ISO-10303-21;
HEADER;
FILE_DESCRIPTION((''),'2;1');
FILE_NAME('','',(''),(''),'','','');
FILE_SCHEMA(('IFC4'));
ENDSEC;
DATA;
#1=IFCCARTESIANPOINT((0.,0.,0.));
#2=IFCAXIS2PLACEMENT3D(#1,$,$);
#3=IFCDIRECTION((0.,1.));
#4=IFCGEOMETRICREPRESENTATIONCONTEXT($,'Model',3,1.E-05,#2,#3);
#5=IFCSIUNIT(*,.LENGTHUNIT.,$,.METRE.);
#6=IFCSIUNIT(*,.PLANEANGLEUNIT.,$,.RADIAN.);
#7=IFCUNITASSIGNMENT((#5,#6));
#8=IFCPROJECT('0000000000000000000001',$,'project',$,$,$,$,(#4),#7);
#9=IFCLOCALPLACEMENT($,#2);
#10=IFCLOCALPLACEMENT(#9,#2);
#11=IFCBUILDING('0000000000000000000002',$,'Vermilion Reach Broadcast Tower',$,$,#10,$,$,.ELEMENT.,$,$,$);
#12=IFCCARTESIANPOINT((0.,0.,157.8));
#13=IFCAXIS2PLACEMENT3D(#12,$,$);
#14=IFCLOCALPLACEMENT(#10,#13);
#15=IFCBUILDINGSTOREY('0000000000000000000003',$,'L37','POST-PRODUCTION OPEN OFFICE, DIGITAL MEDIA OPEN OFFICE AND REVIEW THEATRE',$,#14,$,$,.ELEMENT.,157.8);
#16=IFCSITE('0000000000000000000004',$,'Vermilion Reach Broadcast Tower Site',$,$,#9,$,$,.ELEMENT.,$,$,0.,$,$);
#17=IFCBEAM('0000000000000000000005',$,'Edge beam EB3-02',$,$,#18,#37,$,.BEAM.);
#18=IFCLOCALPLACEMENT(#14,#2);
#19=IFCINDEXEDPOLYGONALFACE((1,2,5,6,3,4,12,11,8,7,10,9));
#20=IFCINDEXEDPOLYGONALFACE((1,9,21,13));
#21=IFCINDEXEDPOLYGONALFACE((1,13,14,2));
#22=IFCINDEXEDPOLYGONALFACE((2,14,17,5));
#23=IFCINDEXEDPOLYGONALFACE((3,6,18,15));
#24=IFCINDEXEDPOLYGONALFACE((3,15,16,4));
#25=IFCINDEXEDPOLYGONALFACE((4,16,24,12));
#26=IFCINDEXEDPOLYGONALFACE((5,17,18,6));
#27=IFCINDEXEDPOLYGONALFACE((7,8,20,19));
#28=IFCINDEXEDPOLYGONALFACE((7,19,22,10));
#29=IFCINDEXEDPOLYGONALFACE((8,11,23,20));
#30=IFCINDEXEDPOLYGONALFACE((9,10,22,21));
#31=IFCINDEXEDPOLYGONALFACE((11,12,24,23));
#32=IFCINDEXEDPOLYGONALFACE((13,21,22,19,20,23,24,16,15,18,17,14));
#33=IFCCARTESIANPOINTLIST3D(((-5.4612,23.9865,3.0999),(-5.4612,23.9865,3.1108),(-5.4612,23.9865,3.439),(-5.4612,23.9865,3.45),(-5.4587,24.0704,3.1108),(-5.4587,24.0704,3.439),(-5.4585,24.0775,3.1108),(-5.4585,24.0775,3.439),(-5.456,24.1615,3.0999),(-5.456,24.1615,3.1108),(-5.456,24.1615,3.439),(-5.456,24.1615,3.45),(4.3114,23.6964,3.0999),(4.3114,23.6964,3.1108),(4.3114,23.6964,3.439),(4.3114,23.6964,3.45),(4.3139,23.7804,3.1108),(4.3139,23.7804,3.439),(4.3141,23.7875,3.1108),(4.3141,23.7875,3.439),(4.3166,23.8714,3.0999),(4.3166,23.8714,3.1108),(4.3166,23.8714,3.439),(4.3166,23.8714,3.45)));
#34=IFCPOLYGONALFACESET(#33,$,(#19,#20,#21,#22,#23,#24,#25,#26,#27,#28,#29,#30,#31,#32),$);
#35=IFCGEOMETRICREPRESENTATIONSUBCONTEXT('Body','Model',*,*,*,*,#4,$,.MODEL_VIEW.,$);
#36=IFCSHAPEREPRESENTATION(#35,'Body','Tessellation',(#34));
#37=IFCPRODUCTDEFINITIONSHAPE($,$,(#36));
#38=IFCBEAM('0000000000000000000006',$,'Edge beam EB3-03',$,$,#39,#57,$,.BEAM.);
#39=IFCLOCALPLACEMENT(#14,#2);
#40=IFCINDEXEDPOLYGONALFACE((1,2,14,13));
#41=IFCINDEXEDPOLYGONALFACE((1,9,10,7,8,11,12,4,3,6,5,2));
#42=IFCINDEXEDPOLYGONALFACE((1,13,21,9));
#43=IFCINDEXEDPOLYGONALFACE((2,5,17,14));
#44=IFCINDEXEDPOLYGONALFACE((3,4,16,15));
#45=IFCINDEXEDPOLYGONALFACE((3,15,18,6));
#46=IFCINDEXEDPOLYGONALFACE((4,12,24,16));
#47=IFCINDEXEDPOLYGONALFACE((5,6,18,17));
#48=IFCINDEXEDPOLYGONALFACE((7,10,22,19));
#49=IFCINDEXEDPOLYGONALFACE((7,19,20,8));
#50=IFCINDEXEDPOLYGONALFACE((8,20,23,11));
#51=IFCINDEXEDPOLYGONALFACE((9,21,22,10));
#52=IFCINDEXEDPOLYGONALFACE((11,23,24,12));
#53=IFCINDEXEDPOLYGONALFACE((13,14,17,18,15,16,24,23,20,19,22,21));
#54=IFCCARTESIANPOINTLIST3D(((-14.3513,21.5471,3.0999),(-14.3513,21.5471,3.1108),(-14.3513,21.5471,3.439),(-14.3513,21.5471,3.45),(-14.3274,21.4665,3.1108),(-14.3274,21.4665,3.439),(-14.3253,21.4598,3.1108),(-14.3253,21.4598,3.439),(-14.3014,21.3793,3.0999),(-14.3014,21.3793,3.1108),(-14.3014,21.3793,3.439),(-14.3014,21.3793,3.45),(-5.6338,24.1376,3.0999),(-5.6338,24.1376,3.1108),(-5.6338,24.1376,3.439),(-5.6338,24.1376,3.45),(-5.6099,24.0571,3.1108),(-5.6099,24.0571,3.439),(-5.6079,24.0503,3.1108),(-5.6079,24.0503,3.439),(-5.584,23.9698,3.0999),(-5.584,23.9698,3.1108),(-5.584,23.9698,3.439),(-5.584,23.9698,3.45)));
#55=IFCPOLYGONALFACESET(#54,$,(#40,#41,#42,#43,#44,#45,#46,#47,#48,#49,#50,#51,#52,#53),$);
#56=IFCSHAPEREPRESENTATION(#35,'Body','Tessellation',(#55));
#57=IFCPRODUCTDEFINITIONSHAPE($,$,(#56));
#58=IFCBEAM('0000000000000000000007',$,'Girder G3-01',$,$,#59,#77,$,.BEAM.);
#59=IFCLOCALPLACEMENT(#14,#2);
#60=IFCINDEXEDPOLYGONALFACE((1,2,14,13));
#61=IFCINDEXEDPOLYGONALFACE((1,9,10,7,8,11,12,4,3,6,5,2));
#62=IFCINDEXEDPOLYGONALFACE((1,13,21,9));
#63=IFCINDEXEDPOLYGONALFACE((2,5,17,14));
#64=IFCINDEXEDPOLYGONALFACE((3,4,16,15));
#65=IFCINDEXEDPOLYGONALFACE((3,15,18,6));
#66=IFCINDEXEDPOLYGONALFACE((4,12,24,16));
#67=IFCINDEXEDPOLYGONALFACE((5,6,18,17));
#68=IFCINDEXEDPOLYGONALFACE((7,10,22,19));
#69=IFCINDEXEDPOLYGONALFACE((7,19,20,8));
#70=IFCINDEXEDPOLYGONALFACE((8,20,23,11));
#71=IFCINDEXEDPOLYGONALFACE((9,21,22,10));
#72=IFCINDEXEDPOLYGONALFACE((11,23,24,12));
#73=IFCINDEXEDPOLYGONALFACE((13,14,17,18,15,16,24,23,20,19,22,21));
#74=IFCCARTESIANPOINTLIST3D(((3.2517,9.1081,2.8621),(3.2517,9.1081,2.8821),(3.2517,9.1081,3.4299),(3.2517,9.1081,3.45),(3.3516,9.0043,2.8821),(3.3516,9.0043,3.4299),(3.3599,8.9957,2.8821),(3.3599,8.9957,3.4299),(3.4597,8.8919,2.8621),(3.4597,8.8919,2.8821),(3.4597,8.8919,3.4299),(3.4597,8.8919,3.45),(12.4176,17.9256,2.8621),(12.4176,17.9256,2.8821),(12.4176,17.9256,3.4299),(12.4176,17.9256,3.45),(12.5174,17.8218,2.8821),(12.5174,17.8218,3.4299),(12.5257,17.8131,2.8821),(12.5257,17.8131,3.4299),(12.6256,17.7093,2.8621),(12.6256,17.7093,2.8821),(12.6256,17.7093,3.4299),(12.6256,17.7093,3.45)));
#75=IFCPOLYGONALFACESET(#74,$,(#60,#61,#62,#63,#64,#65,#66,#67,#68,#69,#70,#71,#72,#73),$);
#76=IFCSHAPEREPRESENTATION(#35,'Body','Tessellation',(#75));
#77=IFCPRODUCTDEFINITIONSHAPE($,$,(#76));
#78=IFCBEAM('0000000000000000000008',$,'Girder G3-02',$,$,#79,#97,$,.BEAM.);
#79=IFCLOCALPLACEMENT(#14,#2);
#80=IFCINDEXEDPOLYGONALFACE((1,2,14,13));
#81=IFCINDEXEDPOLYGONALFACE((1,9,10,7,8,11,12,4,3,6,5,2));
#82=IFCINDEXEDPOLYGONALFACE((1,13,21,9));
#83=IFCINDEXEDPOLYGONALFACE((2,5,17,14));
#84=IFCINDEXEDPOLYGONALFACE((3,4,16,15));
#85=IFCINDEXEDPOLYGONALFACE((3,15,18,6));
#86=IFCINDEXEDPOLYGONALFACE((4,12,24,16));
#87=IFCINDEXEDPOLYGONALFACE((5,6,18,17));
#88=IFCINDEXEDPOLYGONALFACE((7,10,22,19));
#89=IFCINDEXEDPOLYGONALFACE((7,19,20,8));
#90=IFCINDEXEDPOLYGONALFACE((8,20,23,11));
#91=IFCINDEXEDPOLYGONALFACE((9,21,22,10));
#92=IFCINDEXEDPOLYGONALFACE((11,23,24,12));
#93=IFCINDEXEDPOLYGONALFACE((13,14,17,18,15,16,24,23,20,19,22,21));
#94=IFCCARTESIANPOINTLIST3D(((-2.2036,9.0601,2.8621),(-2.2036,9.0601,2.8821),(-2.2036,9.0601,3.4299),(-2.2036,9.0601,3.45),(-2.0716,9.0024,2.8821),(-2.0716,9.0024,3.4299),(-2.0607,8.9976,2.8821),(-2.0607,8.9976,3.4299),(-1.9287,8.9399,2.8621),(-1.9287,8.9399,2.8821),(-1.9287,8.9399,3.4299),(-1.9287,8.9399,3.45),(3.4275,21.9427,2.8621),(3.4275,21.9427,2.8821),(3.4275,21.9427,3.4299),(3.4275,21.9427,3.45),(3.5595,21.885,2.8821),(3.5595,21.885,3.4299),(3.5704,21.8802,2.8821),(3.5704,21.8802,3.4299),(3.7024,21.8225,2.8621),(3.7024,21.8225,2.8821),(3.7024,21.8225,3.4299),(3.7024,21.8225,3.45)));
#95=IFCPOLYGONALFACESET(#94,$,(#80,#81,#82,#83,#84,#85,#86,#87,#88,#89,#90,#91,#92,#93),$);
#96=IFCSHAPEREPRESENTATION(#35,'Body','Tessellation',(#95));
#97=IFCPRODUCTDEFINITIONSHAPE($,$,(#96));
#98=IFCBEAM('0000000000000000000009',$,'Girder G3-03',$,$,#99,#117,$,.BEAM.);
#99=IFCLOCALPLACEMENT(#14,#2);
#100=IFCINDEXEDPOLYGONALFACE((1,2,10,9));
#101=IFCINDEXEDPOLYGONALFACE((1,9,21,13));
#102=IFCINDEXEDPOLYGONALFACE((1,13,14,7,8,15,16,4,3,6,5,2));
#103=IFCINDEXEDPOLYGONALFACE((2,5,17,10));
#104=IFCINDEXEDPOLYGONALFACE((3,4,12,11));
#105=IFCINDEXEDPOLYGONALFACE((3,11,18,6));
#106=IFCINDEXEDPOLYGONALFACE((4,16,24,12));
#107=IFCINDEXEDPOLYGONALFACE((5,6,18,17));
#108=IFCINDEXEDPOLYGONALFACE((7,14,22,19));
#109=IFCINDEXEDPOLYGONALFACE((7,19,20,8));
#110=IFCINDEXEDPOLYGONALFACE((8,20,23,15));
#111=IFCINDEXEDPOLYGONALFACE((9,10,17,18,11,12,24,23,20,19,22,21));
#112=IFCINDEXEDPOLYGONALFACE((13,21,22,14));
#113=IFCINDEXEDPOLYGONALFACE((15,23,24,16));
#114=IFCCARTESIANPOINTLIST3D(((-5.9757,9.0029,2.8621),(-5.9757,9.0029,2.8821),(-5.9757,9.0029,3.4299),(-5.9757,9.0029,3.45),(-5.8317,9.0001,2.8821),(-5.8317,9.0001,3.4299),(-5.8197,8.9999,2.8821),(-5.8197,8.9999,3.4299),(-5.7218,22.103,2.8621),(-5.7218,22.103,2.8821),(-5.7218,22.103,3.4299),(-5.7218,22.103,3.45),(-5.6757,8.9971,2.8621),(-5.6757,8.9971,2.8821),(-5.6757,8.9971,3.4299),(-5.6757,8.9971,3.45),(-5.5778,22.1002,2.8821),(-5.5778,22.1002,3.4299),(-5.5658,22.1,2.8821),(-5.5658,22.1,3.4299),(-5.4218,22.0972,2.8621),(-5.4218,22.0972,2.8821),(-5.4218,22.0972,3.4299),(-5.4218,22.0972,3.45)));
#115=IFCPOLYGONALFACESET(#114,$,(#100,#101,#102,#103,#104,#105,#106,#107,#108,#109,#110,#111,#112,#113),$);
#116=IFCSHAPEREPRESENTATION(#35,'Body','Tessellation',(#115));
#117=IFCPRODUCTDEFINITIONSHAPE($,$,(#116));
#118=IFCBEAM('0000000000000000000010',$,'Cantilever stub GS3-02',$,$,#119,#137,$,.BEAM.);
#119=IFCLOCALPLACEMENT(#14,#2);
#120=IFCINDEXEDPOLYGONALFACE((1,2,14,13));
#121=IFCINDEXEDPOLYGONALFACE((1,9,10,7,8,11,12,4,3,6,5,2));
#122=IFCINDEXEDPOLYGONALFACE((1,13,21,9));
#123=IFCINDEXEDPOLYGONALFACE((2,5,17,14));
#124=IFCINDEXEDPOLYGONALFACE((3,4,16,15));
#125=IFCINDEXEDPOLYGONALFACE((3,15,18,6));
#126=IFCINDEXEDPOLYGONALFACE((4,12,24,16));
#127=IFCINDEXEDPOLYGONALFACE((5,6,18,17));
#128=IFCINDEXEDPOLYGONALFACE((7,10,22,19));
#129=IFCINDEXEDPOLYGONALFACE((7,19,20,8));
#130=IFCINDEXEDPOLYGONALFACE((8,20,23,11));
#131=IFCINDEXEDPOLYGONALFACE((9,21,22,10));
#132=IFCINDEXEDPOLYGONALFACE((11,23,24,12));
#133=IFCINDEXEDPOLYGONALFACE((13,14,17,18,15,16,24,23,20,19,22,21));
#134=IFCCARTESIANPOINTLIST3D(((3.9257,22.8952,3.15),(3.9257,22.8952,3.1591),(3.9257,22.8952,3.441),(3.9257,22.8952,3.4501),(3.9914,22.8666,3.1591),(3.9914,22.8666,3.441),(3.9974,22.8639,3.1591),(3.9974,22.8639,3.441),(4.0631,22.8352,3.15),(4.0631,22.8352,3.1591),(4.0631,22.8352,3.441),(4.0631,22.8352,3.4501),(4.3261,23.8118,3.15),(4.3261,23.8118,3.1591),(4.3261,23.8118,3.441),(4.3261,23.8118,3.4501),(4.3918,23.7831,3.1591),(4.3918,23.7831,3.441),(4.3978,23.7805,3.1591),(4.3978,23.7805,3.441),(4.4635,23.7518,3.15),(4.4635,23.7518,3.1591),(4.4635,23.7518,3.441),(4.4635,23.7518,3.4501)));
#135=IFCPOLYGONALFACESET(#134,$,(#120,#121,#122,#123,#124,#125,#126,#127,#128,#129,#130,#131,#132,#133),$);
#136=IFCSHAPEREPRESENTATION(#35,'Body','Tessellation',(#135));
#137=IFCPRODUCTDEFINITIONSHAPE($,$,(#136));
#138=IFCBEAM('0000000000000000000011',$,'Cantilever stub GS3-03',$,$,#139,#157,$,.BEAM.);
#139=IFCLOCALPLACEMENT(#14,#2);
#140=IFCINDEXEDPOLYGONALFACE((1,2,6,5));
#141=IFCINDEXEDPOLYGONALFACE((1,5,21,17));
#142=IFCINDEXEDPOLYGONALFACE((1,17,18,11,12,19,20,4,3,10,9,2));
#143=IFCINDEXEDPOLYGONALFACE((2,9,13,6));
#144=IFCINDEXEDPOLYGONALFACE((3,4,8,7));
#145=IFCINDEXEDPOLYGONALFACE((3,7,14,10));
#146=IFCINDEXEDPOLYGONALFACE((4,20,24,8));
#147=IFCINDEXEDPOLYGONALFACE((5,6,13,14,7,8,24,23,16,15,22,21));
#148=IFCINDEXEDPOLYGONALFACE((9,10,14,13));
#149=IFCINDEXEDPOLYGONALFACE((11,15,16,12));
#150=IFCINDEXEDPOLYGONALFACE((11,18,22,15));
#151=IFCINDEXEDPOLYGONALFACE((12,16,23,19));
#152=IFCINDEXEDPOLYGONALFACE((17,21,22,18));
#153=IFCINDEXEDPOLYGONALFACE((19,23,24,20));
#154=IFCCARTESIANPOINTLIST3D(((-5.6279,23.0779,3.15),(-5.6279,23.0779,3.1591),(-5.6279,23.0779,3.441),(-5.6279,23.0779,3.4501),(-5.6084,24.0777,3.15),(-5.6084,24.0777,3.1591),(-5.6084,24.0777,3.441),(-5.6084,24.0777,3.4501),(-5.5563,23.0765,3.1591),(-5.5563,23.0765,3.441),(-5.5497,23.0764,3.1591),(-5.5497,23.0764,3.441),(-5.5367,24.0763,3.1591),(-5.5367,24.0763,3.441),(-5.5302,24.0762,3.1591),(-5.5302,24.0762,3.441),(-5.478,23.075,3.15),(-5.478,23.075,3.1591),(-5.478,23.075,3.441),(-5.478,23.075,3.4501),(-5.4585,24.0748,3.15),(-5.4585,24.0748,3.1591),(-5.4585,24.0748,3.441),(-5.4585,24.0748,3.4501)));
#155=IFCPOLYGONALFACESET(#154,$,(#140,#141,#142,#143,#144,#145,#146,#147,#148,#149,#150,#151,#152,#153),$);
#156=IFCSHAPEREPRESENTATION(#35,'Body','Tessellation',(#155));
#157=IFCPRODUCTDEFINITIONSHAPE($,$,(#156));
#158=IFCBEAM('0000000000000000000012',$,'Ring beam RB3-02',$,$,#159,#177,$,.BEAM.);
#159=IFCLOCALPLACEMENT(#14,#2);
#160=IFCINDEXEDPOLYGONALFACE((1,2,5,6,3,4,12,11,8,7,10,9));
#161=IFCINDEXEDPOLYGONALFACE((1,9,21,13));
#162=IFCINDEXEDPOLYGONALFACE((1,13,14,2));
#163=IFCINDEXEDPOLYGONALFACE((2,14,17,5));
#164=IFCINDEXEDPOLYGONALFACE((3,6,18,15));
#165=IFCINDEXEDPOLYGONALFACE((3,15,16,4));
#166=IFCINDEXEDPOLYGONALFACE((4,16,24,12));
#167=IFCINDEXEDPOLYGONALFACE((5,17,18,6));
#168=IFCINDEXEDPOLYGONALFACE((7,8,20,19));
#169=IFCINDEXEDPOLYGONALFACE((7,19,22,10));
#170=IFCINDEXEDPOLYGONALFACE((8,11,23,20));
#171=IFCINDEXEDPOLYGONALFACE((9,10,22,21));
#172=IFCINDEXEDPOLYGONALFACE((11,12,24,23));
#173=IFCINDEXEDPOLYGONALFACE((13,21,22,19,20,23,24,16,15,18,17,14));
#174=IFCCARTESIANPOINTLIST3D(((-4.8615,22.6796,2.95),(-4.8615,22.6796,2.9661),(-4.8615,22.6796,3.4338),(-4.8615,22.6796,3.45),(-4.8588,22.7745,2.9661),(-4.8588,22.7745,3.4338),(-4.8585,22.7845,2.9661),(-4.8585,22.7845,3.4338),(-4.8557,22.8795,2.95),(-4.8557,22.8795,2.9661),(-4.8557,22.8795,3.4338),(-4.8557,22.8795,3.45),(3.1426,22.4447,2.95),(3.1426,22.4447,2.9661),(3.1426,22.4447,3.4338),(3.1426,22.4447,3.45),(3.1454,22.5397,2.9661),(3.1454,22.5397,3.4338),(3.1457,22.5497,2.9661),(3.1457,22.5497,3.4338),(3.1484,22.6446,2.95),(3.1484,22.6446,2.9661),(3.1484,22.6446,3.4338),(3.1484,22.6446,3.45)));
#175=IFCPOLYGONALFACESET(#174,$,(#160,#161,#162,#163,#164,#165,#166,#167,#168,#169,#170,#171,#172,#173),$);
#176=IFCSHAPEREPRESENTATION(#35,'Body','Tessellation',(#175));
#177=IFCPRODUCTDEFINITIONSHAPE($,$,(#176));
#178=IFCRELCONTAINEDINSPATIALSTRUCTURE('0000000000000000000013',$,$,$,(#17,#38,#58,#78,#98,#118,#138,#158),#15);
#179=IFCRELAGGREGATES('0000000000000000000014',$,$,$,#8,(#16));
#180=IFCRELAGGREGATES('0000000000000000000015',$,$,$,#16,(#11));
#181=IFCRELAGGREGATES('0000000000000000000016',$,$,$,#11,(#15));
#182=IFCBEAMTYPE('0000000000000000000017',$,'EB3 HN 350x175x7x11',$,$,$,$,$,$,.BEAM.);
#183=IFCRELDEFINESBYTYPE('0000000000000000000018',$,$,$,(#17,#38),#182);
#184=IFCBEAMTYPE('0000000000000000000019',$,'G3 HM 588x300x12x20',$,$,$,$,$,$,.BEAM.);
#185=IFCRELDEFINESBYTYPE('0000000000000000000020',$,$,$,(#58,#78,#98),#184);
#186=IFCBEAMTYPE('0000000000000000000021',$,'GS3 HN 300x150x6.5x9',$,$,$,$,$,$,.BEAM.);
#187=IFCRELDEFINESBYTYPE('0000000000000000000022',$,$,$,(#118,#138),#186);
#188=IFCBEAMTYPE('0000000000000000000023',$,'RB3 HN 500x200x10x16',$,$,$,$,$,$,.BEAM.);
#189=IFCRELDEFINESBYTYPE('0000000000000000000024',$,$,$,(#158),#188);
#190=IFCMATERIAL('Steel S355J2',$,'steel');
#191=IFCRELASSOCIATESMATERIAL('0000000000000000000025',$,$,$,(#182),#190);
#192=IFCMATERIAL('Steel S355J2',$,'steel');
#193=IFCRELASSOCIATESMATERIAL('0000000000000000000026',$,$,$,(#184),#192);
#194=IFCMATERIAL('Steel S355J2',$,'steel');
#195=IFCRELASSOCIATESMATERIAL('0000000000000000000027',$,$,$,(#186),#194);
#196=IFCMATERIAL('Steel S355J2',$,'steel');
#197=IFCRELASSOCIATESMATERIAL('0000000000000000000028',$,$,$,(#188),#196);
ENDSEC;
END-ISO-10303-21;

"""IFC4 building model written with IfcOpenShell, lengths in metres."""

from ifc_helpers import new_model, si_unit, direction, frame, origin, origin_2d, place, context, subcontext, project, spatial, i_section, extrude, material, material_profile, profile_set, type_object, element, save


model = new_model("IFC4")

# Units and contexts
model_context = context("Model", 3, precision=1e-05, world=origin(), true_north=direction((0.0, 1.0)))
body_context = subcontext(model_context, "Body", "Model", "MODEL_VIEW")
ifc_project = project(units=[si_unit("LENGTHUNIT", "METRE"), si_unit("PLANEANGLEUNIT", "RADIAN")], contexts=[model_context])

# Site, building, storey
site_placement = place(None, origin())
site = spatial("IfcSite", under=ifc_project, at=site_placement, Name="Vermilion Reach Broadcast Tower Site", CompositionType="ELEMENT", RefElevation=0.0)
building_placement = place(site_placement, origin())
building = spatial("IfcBuilding", under=site, at=building_placement, Name="Vermilion Reach Broadcast Tower", CompositionType="ELEMENT")
storey_placement = place(building_placement, frame((0.0, 0.0, 157.8)))
storey = spatial("IfcBuildingStorey", under=building, at=storey_placement, Name="L37", Description="POST-PRODUCTION OPEN OFFICE, DIGITAL MEDIA OPEN OFFICE AND REVIEW THEATRE", CompositionType="ELEMENT", Elevation=157.8)

# Beams
ifc_material_1 = material(Name="Steel S355J2", Category="steel")
ifc_material_profile_1 = material_profile(ifc_material_1, i_section(OverallWidth=0.175, OverallDepth=0.3501, WebThickness=0.0071, FlangeThickness=0.011, at=origin_2d()), Name="S355J2 HN 350x175x7x11")
ifc_profile_set_1 = profile_set([ifc_material_profile_1], Name="Steel S355J2")
beam_type_1 = type_object("IfcBeamType", Name="EB3 HN 350x175x7x11", PredefinedType="BEAM", material=ifc_profile_set_1)
beam_1_placement = place(storey_placement, frame((4.314, 23.7839, 3.2749), z_axis=(-0.99956, 0.029666, 0.0), x_axis=(-0.029666, -0.99956, 0.0)))
element("IfcBeam", 1, at=beam_1_placement, inside=storey, type_object=beam_type_1, Name="Edge beam EB3-02", PredefinedType="BEAM", context=body_context, shape_type="SweptSolid", body=[
    extrude(i_section(OverallWidth=0.175, OverallDepth=0.3501, WebThickness=0.0071, FlangeThickness=0.011, at=origin_2d()), origin(), (0.0, 0.0, 1.0), 9.7769),
])
beam_2_placement = place(storey_placement, frame((-5.6089, 24.0537, 3.2749), z_axis=(-0.95857, -0.284857, 0.0), x_axis=(0.284857, -0.95857, 0.0)))
element("IfcBeam", 2, at=beam_2_placement, inside=storey, type_object=beam_type_1, Name="Edge beam EB3-03", PredefinedType="BEAM", context=body_context, shape_type="SweptSolid", body=[
    extrude(i_section(OverallWidth=0.175, OverallDepth=0.3501, WebThickness=0.0071, FlangeThickness=0.011, at=origin_2d()), origin(), (0.0, 0.0, 1.0), 9.0942),
])
ifc_material_2 = material(Name="Steel S355J2", Category="steel")
ifc_material_profile_2 = material_profile(ifc_material_2, i_section(OverallWidth=0.3, OverallDepth=0.5879, WebThickness=0.012, FlangeThickness=0.02, at=origin_2d()), Name="S355J2 HM 588x300x12x20")
ifc_profile_set_2 = profile_set([ifc_material_profile_2], Name="Steel S355J2")
beam_type_2 = type_object("IfcBeamType", Name="G3 HM 588x300x12x20", PredefinedType="BEAM", material=ifc_profile_set_2)
beam_3_placement = place(storey_placement, frame((3.3557, 9.0, 3.156), z_axis=(0.72067, 0.693278, 0.0), x_axis=(-0.693278, 0.72067, 0.0)))
element("IfcBeam", 3, at=beam_3_placement, inside=storey, type_object=beam_type_2, Name="Girder G3-01", PredefinedType="BEAM", context=body_context, shape_type="SweptSolid", body=[
    extrude(i_section(OverallWidth=0.3, OverallDepth=0.5879, WebThickness=0.012, FlangeThickness=0.02, at=origin_2d()), origin(), (0.0, 0.0, 1.0), 12.7185),
])
beam_4_placement = place(storey_placement, frame((-2.0662, 9.0, 3.156), z_axis=(0.400519, 0.916288, 0.0), x_axis=(-0.916288, 0.400519, 0.0)))
element("IfcBeam", 4, at=beam_4_placement, inside=storey, type_object=beam_type_2, Name="Girder G3-02", PredefinedType="BEAM", context=body_context, shape_type="SweptSolid", body=[
    extrude(i_section(OverallWidth=0.3, OverallDepth=0.5879, WebThickness=0.012, FlangeThickness=0.02, at=origin_2d()), origin(), (0.0, 0.0, 1.0), 14.0596),
])
beam_5_placement = place(storey_placement, frame((-5.8257, 9.0, 3.156), z_axis=(0.019378, 0.999812, 0.0), x_axis=(-0.999812, 0.019378, 0.0)))
element("IfcBeam", 5, at=beam_5_placement, inside=storey, type_object=beam_type_2, Name="Girder G3-03", PredefinedType="BEAM", context=body_context, shape_type="SweptSolid", body=[
    extrude(i_section(OverallWidth=0.3, OverallDepth=0.5879, WebThickness=0.012, FlangeThickness=0.02, at=origin_2d()), origin(), (0.0, 0.0, 1.0), 13.1025),
])
ifc_material_3 = material(Name="Steel S355J2", Category="steel")
ifc_material_profile_3 = material_profile(ifc_material_3, i_section(OverallWidth=0.1499, OverallDepth=0.3, WebThickness=0.0066, FlangeThickness=0.009, at=origin_2d()), Name="S355J2 HN 300x150x6.5x9")
ifc_profile_set_3 = profile_set([ifc_material_profile_3], Name="Steel S355J2")
beam_type_3 = type_object("IfcBeamType", Name="GS3 HN 300x150x6.5x9", PredefinedType="BEAM", material=ifc_profile_set_3)
beam_6_placement = place(storey_placement, frame((3.9944, 22.8652, 3.3), z_axis=(0.400332, 0.91637, 0.0), x_axis=(-0.91637, 0.400332, 0.0)))
element("IfcBeam", 6, at=beam_6_placement, inside=storey, type_object=beam_type_3, Name="Cantilever stub GS3-02", PredefinedType="BEAM", context=body_context, shape_type="SweptSolid", body=[
    extrude(i_section(OverallWidth=0.1499, OverallDepth=0.3, WebThickness=0.0066, FlangeThickness=0.009, at=origin_2d()), origin(), (0.0, 0.0, 1.0), 1.0002),
])
beam_7_placement = place(storey_placement, frame((-5.553, 23.0764, 3.3), z_axis=(0.019532, 0.999809, 0.0), x_axis=(-0.999809, 0.019532, 0.0)))
element("IfcBeam", 7, at=beam_7_placement, inside=storey, type_object=beam_type_3, Name="Cantilever stub GS3-03", PredefinedType="BEAM", context=body_context, shape_type="SweptSolid", body=[
    extrude(i_section(OverallWidth=0.1499, OverallDepth=0.3, WebThickness=0.0066, FlangeThickness=0.009, at=origin_2d()), origin(), (0.0, 0.0, 1.0), 1.0),
])
ifc_material_4 = material(Name="Steel S355J2", Category="steel")
ifc_material_profile_4 = material_profile(ifc_material_4, i_section(OverallWidth=0.2, OverallDepth=0.5, WebThickness=0.01, FlangeThickness=0.0161, at=origin_2d()), Name="S355J2 HN 500x200x10x16")
ifc_profile_set_4 = profile_set([ifc_material_profile_4], Name="Steel S355J2")
beam_type_4 = type_object("IfcBeamType", Name="RB3 HN 500x200x10x16", PredefinedType="BEAM", material=ifc_profile_set_4)
beam_8_placement = place(storey_placement, frame((3.1455, 22.5447, 3.2), z_axis=(-0.99957, 0.02933, 0.0), x_axis=(-0.02933, -0.99957, 0.0)))
element("IfcBeam", 8, at=beam_8_placement, inside=storey, type_object=beam_type_4, Name="Ring beam RB3-02", PredefinedType="BEAM", context=body_context, shape_type="SweptSolid", body=[
    extrude(i_section(OverallWidth=0.2, OverallDepth=0.5, WebThickness=0.01, FlangeThickness=0.0161, at=origin_2d()), origin(), (0.0, 0.0, 1.0), 8.0076),
])

save(model, "model.ifc")
